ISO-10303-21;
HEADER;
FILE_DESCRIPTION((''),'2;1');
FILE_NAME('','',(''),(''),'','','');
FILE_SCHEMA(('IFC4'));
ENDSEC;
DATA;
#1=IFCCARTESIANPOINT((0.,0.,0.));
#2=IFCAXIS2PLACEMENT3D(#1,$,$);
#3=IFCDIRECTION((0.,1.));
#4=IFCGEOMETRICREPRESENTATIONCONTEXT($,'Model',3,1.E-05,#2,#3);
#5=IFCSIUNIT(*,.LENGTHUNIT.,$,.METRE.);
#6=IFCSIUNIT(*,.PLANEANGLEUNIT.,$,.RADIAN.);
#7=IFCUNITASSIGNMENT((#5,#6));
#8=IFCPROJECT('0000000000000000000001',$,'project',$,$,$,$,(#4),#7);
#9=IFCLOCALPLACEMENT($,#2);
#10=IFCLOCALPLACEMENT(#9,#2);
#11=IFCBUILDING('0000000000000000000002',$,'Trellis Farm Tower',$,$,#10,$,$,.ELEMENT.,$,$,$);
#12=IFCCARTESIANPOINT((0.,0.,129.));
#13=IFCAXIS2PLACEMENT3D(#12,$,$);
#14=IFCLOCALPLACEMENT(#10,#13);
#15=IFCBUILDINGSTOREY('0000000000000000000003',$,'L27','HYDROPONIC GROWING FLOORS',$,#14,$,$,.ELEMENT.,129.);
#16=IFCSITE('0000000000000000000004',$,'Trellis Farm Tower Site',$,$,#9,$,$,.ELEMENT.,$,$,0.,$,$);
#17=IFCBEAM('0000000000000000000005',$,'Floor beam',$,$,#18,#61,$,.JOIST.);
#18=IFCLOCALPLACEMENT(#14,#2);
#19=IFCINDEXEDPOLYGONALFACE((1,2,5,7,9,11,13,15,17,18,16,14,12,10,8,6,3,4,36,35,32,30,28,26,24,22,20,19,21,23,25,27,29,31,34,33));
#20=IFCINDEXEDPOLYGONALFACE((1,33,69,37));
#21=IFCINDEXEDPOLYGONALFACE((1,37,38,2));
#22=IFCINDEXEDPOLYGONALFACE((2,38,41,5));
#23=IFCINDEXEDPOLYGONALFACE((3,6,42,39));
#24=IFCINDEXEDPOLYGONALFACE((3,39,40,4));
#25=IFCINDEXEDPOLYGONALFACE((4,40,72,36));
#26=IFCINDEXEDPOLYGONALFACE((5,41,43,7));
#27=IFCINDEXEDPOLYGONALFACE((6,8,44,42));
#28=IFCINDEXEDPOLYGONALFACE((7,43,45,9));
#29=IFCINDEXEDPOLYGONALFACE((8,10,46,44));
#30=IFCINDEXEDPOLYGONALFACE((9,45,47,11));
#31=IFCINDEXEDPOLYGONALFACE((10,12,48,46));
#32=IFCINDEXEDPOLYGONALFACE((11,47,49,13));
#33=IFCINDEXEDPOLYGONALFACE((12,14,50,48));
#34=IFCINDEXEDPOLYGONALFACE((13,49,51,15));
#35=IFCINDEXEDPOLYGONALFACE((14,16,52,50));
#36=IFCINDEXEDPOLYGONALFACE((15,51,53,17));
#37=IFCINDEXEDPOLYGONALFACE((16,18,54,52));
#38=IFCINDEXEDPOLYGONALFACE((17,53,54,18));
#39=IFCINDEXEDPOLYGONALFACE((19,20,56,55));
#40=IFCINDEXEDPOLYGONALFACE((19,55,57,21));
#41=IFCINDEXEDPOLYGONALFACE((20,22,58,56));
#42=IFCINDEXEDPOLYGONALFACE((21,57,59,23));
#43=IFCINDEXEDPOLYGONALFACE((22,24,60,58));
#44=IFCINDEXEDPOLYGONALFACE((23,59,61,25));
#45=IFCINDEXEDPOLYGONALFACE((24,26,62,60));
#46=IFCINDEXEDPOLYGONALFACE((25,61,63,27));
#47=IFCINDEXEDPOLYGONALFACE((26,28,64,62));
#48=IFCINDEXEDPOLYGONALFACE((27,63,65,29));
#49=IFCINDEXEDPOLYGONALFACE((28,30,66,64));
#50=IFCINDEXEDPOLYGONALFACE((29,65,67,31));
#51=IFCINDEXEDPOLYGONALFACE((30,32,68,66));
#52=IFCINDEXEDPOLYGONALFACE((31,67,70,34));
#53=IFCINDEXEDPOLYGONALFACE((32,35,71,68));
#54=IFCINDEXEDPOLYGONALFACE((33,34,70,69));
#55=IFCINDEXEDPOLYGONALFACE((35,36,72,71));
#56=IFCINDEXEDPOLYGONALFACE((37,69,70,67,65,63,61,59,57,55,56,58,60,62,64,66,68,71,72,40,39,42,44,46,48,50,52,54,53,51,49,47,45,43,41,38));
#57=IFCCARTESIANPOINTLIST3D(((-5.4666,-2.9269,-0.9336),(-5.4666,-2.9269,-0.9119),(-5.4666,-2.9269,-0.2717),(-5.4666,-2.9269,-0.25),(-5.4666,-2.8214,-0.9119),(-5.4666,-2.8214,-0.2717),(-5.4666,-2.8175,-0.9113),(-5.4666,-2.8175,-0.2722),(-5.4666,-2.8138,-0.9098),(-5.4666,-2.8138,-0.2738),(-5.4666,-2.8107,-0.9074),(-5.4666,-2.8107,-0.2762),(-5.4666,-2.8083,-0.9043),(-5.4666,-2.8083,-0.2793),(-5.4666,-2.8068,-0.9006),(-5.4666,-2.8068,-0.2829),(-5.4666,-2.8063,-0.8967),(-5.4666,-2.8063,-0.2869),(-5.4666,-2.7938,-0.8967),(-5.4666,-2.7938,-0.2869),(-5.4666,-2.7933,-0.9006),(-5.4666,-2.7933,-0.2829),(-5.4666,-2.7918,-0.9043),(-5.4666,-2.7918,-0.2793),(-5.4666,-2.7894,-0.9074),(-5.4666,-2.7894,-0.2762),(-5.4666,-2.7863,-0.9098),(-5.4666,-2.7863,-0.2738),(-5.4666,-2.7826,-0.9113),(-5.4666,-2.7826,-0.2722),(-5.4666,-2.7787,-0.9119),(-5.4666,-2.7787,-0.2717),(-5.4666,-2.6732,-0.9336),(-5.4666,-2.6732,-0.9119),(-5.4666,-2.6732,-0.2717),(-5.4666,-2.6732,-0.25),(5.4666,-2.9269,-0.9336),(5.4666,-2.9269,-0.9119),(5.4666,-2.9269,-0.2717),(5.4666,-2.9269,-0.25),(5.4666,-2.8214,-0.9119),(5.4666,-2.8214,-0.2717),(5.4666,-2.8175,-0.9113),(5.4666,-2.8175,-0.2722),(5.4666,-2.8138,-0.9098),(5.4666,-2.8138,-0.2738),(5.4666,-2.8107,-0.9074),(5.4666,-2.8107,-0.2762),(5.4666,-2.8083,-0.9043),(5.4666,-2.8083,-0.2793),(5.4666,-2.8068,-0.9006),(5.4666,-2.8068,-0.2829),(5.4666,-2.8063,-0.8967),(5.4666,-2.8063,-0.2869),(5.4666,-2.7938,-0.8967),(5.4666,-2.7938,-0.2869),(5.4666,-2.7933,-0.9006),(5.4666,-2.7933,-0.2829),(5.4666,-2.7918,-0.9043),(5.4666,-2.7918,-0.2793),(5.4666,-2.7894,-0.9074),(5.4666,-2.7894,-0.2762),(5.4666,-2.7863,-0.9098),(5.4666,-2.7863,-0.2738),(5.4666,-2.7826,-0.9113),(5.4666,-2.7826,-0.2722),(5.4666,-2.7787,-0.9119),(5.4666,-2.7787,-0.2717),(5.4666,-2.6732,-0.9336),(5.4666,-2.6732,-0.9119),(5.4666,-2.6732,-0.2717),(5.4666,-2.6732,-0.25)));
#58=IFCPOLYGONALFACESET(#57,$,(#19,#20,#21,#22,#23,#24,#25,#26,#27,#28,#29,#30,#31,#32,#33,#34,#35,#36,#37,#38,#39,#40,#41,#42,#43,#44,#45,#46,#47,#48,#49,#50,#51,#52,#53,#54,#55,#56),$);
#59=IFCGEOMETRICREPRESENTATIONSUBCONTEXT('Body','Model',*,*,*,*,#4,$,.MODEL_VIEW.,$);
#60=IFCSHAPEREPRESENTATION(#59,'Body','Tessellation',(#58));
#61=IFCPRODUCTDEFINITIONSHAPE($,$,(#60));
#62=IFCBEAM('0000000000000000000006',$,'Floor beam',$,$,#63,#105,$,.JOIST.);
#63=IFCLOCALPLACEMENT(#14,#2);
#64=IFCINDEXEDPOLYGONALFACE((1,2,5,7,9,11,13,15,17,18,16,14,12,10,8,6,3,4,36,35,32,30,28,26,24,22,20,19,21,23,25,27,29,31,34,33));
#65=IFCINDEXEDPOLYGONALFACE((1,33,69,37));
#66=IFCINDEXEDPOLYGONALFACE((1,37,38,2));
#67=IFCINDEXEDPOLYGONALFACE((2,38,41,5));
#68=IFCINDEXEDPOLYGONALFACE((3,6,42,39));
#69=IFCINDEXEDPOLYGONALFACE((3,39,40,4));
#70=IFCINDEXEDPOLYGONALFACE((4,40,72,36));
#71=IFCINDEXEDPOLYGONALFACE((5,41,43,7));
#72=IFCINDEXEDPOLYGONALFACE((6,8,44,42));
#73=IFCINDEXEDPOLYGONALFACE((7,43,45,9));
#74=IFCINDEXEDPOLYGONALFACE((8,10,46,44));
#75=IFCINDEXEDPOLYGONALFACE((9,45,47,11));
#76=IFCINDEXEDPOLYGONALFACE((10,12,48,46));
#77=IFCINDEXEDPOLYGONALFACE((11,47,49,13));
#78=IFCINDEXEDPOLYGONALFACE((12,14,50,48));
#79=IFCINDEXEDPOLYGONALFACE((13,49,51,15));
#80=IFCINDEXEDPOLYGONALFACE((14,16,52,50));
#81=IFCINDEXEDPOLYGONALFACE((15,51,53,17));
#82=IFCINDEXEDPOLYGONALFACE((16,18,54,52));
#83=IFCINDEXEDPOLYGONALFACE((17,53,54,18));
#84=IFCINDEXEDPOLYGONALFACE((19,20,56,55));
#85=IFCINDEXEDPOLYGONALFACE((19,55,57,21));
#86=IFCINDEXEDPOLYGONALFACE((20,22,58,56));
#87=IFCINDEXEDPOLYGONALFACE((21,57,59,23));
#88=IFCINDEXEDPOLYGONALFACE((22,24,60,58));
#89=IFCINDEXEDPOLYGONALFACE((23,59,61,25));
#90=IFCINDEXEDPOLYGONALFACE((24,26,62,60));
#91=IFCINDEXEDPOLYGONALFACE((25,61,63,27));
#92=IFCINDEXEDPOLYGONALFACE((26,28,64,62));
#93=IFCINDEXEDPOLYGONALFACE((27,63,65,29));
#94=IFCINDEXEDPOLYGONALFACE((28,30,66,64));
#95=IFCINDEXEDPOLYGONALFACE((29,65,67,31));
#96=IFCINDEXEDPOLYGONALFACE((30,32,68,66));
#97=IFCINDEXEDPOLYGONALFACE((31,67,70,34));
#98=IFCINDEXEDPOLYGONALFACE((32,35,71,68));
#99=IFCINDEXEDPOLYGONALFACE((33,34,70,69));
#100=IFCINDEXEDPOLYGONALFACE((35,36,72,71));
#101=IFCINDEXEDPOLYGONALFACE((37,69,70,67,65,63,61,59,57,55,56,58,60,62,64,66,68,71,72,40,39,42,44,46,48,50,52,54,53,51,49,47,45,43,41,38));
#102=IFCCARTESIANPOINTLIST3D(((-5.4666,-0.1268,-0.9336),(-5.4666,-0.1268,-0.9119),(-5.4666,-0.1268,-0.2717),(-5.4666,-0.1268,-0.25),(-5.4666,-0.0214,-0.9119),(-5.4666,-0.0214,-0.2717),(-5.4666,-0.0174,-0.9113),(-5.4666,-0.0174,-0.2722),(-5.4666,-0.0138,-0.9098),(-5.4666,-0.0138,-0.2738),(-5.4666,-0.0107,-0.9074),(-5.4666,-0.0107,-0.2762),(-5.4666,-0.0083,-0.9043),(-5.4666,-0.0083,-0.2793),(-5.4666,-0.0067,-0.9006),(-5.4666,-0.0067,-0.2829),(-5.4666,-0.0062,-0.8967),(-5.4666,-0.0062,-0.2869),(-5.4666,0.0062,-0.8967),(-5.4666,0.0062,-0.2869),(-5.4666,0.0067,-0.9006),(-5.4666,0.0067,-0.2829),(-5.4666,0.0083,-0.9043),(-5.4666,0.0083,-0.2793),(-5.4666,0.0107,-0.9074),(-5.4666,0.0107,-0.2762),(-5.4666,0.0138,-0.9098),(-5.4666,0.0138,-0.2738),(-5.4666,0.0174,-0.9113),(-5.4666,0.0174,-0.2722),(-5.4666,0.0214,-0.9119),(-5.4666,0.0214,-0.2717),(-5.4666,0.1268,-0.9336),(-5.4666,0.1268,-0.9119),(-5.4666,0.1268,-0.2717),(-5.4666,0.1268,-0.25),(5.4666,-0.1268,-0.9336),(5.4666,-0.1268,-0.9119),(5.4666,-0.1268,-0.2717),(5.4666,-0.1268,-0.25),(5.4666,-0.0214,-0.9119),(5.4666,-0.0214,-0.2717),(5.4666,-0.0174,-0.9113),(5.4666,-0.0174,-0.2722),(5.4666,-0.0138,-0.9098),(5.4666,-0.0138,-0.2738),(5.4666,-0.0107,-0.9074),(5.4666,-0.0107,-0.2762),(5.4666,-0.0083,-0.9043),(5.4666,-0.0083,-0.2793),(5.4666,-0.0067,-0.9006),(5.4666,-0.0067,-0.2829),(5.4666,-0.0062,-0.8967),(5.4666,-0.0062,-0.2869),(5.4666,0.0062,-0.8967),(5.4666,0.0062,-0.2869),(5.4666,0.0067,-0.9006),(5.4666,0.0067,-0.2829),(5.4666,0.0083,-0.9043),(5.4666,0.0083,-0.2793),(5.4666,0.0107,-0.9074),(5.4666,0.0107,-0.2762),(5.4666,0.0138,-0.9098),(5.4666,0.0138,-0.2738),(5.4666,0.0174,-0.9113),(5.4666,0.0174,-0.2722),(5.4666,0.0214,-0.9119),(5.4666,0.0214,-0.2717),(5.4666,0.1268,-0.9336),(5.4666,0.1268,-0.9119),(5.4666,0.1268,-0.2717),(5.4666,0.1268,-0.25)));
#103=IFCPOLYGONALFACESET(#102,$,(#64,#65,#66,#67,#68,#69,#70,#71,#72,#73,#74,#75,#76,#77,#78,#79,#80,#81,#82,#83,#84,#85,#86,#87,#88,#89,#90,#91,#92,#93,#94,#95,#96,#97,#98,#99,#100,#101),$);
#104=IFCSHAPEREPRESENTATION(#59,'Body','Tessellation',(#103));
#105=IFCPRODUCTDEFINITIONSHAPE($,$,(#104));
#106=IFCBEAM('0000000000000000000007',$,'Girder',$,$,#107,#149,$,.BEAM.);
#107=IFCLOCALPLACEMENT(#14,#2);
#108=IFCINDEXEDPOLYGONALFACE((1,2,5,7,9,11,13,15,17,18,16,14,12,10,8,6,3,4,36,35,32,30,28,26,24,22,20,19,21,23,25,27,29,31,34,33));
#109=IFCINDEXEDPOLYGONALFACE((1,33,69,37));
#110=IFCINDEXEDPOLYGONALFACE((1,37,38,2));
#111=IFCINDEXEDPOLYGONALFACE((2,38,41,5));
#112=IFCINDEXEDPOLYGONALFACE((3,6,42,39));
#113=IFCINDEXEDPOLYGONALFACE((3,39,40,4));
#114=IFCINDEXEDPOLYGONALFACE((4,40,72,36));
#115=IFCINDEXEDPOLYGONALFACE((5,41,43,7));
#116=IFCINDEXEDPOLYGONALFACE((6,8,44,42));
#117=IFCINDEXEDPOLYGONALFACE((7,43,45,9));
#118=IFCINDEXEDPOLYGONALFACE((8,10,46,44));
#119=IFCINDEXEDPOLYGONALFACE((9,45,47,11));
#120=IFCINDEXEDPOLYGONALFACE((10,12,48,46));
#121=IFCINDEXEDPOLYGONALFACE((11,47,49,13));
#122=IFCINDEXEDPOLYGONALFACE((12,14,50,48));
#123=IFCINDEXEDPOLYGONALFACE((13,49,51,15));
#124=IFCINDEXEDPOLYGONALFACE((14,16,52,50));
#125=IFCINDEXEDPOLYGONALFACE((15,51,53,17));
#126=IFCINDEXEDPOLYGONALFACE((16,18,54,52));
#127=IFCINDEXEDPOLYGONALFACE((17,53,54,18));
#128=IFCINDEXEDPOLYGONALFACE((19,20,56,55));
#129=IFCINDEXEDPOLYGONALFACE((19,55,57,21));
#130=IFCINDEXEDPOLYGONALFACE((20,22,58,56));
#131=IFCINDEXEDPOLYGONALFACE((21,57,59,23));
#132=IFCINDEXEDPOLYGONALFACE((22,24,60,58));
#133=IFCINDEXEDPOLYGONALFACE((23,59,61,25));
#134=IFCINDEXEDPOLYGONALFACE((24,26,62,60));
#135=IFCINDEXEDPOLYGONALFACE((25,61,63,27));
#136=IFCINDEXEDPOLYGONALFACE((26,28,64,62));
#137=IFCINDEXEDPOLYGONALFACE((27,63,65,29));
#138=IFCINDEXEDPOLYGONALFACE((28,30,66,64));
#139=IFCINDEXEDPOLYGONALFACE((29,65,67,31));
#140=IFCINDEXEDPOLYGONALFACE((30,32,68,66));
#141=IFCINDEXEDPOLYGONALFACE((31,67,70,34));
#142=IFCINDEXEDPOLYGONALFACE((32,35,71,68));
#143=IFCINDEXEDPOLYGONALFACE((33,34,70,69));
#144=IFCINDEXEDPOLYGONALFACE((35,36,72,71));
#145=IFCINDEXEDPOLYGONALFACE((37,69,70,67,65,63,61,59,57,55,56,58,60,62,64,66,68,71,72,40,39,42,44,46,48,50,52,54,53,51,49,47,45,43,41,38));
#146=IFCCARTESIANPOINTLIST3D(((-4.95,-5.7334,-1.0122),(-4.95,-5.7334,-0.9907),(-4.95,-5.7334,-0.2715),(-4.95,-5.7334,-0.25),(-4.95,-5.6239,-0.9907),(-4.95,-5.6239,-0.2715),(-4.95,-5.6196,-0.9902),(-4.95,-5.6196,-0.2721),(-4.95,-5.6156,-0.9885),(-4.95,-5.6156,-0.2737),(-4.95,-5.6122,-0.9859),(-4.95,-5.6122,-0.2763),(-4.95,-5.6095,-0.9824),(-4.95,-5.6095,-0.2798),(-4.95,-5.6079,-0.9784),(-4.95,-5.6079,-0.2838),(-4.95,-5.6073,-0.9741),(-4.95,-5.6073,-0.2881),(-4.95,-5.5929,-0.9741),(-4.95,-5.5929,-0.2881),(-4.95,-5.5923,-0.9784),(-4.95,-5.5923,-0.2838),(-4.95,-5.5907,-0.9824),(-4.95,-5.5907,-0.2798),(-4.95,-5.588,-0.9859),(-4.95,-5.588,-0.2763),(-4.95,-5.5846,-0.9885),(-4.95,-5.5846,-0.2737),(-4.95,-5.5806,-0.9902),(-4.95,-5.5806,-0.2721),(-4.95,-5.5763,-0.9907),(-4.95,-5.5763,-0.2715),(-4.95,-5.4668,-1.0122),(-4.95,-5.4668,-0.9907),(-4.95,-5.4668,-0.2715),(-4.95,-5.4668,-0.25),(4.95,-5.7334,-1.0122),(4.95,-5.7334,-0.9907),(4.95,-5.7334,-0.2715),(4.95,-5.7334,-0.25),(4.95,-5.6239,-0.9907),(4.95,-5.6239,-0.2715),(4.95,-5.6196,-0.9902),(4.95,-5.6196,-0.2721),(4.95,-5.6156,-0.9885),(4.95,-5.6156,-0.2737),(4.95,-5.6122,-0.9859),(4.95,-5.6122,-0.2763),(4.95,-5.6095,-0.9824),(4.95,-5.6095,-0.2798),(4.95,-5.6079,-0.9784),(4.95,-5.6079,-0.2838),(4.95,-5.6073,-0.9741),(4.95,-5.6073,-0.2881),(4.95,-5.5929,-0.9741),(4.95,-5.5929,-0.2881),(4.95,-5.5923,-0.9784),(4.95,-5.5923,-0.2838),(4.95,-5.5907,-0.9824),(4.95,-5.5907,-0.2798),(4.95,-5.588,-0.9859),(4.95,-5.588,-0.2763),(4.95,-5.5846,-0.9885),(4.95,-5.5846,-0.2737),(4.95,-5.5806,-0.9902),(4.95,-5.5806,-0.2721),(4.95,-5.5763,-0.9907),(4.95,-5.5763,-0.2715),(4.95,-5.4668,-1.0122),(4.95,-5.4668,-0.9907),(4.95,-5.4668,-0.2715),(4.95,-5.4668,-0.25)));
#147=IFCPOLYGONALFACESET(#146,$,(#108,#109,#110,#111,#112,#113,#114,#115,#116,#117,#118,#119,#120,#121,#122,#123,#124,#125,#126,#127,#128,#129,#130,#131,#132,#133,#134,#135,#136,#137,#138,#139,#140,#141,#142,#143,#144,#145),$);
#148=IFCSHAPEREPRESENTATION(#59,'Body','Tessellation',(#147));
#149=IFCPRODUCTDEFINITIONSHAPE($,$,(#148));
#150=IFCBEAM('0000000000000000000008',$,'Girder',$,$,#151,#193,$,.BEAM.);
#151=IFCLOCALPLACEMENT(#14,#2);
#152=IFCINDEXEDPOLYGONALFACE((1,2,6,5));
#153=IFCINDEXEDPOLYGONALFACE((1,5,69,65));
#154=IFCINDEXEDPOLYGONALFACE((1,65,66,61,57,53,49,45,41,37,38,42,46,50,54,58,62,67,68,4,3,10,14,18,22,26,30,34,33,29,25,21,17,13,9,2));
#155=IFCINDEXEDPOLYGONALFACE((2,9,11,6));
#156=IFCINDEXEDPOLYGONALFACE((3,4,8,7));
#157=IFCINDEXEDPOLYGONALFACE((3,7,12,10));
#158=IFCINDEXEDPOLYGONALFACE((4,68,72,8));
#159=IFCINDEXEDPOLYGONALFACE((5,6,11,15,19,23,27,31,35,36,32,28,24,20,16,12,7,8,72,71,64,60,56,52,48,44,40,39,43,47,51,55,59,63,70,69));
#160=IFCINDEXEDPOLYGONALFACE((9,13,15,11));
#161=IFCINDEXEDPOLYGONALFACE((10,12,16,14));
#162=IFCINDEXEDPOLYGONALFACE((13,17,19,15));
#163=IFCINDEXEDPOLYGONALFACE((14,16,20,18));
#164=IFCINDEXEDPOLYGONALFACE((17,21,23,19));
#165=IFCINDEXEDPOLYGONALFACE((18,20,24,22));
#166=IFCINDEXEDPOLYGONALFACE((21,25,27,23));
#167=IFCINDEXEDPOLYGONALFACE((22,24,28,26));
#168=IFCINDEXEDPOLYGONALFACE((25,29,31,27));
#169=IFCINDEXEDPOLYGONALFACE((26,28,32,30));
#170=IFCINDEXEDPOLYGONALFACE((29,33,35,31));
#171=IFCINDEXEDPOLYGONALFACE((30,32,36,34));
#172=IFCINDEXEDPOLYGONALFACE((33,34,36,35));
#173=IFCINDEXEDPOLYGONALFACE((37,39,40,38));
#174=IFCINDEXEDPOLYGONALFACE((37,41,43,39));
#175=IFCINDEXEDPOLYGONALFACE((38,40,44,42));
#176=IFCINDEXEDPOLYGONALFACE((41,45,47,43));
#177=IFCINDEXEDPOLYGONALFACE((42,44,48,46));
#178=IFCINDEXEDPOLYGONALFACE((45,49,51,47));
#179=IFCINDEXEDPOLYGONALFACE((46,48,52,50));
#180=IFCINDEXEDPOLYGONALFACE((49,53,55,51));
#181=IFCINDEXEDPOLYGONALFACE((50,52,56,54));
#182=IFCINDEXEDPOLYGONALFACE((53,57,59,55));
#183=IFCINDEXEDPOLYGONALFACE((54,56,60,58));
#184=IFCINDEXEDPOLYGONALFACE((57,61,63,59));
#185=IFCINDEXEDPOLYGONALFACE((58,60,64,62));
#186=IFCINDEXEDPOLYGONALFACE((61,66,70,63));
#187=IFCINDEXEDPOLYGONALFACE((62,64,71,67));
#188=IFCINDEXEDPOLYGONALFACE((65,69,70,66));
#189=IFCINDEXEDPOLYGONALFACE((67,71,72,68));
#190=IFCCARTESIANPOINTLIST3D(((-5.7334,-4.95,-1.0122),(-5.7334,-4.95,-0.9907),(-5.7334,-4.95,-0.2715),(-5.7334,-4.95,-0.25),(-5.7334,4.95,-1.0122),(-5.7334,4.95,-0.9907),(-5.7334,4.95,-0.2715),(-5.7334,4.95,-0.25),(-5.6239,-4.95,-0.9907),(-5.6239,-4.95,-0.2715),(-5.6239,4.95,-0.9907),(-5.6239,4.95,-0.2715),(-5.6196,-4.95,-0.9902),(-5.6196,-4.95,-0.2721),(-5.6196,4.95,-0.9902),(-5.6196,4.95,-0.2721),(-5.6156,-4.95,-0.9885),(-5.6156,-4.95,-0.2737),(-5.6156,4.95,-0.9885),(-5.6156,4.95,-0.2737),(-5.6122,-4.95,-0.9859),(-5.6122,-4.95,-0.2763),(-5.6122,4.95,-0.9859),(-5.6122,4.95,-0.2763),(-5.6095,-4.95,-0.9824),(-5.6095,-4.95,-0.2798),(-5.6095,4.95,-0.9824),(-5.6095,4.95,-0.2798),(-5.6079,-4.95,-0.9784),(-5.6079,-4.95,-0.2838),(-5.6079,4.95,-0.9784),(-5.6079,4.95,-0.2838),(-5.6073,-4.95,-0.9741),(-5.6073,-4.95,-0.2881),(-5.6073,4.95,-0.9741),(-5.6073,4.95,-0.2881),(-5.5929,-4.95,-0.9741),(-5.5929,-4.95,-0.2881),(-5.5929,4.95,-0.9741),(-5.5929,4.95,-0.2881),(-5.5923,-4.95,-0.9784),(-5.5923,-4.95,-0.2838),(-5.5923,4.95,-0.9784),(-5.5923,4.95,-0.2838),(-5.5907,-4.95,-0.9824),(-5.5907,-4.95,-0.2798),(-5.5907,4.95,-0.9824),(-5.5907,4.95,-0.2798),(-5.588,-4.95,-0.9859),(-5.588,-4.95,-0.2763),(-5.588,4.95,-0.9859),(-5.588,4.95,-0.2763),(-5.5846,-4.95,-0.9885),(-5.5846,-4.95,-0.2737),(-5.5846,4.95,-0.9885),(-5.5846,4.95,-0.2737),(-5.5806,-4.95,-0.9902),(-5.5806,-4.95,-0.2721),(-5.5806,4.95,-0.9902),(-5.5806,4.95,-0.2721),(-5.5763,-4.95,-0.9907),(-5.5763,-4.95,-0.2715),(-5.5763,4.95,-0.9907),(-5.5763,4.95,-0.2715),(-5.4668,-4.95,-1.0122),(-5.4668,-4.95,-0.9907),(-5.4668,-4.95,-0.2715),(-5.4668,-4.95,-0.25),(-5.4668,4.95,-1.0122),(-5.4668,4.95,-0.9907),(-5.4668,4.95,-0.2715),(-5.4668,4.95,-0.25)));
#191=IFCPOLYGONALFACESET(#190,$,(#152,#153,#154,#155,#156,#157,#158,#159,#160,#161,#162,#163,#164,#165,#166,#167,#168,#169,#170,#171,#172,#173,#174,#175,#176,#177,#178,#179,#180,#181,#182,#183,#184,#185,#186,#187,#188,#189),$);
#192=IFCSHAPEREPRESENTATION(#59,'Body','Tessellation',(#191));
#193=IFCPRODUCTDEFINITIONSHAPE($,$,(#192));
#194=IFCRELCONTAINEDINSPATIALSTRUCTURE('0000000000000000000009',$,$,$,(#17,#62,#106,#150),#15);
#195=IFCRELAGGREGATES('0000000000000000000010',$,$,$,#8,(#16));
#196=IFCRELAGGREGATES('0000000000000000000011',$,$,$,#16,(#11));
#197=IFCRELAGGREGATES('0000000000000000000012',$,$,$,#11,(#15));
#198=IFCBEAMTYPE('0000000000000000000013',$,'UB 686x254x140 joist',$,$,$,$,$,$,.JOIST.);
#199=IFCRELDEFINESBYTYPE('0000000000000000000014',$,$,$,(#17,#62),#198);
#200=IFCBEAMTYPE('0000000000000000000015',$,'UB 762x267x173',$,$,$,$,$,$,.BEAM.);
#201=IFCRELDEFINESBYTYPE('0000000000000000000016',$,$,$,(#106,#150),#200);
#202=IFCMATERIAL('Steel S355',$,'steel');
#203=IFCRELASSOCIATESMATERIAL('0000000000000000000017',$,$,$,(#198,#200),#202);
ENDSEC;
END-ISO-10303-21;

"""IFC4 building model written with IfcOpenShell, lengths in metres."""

from ifc_helpers import new_model, si_unit, direction, frame, origin, origin_2d, place, context, subcontext, project, spatial, i_section, extrude, source, transform, mapped, material, material_profile, profile_set, type_object, element, save


model = new_model("IFC4")

# Units and contexts
model_context = context("Model", 3, precision=1e-05, world=origin(), true_north=direction((0.0, 1.0)))
body_context = subcontext(model_context, "Body", "Model", "MODEL_VIEW")
ifc_project = project(units=[si_unit("LENGTHUNIT", "METRE"), si_unit("PLANEANGLEUNIT", "RADIAN")], contexts=[model_context])

# Site, building, storey
site_placement = place(None, origin())
site = spatial("IfcSite", under=ifc_project, at=site_placement, Name="Trellis Farm Tower Site", CompositionType="ELEMENT", RefElevation=0.0)
building_placement = place(site_placement, origin())
building = spatial("IfcBuilding", under=site, at=building_placement, Name="Trellis Farm Tower", CompositionType="ELEMENT")
storey_placement = place(building_placement, frame((0.0, 0.0, 129.0)))
storey = spatial("IfcBuildingStorey", under=building, at=storey_placement, Name="L27", Description="HYDROPONIC GROWING FLOORS", CompositionType="ELEMENT", Elevation=129.0)

# Beams
ifc_material_1 = material(Name="Steel S355", Category="steel")
ifc_material_profile_1 = material_profile(ifc_material_1, i_section(OverallWidth=0.2537, OverallDepth=0.6836, WebThickness=0.0125, FlangeThickness=0.0217, FilletRadius=0.0151, at=origin_2d()), Name="UB 686x254x140")
ifc_profile_set_1 = profile_set([ifc_material_profile_1], Name="Steel S355")
beam_type_1 = type_object("IfcBeamType", Name="UB 686x254x140 joist", PredefinedType="JOIST", material=ifc_profile_set_1)
shared_shape_1 = source(origin(), body_context, "Body", "SweptSolid", [
    extrude(i_section(OverallWidth=0.2537, OverallDepth=0.6836, WebThickness=0.0125, FlangeThickness=0.0217, FilletRadius=0.0151, at=origin_2d()), origin(), (0.0, 0.0, 1.0), 10.9331),
])
for number, where, z_axis, x_axis, name in (
    (1, (-5.4666, -2.8, -0.5918), (1.0, 0.0, 0.0), (0.0, 1.0, 0.0), "Floor beam"),
    (2, (-5.4666, 0.0, -0.5918), (1.0, 0.0, 0.0), (0.0, 1.0, 0.0), "Floor beam"),
):
    element("IfcBeam", number, at=place(storey_placement, frame(where, z_axis=z_axis, x_axis=x_axis)), inside=storey, type_object=beam_type_1, Name=name, PredefinedType="JOIST", context=body_context, shape_type="MappedRepresentation", body=[
        mapped(shared_shape_1, transform((0.0, 0.0, 0.0))),
    ])
ifc_material_profile_2 = material_profile(ifc_material_1, i_section(OverallWidth=0.2666, OverallDepth=0.7622, WebThickness=0.0144, FlangeThickness=0.0215, FilletRadius=0.0166, at=origin_2d()), Name="UB 762x267x173")
ifc_profile_set_2 = profile_set([ifc_material_profile_2], Name="Steel S355")
beam_type_2 = type_object("IfcBeamType", Name="UB 762x267x173", PredefinedType="BEAM", material=ifc_profile_set_2)
shared_shape_2 = source(origin(), body_context, "Body", "SweptSolid", [
    extrude(i_section(OverallWidth=0.2666, OverallDepth=0.7622, WebThickness=0.0144, FlangeThickness=0.0215, FilletRadius=0.0166, at=origin_2d()), origin(), (0.0, 0.0, 1.0), 9.8999),
])
for number, where, z_axis, x_axis, name in (
    (3, (-4.95, -5.6001, -0.6311), (1.0, 0.0, 0.0), (0.0, 1.0, 0.0), "Girder"),
    (4, (-5.6001, -4.95, -0.6311), (0.0, 1.0, 0.0), (-1.0, 0.0, 0.0), "Girder"),
):
    element("IfcBeam", number, at=place(storey_placement, frame(where, z_axis=z_axis, x_axis=x_axis)), inside=storey, type_object=beam_type_2, Name=name, PredefinedType="BEAM", context=body_context, shape_type="MappedRepresentation", body=[
        mapped(shared_shape_2, transform((0.0, 0.0, 0.0))),
    ])

save(model, "model.ifc")
